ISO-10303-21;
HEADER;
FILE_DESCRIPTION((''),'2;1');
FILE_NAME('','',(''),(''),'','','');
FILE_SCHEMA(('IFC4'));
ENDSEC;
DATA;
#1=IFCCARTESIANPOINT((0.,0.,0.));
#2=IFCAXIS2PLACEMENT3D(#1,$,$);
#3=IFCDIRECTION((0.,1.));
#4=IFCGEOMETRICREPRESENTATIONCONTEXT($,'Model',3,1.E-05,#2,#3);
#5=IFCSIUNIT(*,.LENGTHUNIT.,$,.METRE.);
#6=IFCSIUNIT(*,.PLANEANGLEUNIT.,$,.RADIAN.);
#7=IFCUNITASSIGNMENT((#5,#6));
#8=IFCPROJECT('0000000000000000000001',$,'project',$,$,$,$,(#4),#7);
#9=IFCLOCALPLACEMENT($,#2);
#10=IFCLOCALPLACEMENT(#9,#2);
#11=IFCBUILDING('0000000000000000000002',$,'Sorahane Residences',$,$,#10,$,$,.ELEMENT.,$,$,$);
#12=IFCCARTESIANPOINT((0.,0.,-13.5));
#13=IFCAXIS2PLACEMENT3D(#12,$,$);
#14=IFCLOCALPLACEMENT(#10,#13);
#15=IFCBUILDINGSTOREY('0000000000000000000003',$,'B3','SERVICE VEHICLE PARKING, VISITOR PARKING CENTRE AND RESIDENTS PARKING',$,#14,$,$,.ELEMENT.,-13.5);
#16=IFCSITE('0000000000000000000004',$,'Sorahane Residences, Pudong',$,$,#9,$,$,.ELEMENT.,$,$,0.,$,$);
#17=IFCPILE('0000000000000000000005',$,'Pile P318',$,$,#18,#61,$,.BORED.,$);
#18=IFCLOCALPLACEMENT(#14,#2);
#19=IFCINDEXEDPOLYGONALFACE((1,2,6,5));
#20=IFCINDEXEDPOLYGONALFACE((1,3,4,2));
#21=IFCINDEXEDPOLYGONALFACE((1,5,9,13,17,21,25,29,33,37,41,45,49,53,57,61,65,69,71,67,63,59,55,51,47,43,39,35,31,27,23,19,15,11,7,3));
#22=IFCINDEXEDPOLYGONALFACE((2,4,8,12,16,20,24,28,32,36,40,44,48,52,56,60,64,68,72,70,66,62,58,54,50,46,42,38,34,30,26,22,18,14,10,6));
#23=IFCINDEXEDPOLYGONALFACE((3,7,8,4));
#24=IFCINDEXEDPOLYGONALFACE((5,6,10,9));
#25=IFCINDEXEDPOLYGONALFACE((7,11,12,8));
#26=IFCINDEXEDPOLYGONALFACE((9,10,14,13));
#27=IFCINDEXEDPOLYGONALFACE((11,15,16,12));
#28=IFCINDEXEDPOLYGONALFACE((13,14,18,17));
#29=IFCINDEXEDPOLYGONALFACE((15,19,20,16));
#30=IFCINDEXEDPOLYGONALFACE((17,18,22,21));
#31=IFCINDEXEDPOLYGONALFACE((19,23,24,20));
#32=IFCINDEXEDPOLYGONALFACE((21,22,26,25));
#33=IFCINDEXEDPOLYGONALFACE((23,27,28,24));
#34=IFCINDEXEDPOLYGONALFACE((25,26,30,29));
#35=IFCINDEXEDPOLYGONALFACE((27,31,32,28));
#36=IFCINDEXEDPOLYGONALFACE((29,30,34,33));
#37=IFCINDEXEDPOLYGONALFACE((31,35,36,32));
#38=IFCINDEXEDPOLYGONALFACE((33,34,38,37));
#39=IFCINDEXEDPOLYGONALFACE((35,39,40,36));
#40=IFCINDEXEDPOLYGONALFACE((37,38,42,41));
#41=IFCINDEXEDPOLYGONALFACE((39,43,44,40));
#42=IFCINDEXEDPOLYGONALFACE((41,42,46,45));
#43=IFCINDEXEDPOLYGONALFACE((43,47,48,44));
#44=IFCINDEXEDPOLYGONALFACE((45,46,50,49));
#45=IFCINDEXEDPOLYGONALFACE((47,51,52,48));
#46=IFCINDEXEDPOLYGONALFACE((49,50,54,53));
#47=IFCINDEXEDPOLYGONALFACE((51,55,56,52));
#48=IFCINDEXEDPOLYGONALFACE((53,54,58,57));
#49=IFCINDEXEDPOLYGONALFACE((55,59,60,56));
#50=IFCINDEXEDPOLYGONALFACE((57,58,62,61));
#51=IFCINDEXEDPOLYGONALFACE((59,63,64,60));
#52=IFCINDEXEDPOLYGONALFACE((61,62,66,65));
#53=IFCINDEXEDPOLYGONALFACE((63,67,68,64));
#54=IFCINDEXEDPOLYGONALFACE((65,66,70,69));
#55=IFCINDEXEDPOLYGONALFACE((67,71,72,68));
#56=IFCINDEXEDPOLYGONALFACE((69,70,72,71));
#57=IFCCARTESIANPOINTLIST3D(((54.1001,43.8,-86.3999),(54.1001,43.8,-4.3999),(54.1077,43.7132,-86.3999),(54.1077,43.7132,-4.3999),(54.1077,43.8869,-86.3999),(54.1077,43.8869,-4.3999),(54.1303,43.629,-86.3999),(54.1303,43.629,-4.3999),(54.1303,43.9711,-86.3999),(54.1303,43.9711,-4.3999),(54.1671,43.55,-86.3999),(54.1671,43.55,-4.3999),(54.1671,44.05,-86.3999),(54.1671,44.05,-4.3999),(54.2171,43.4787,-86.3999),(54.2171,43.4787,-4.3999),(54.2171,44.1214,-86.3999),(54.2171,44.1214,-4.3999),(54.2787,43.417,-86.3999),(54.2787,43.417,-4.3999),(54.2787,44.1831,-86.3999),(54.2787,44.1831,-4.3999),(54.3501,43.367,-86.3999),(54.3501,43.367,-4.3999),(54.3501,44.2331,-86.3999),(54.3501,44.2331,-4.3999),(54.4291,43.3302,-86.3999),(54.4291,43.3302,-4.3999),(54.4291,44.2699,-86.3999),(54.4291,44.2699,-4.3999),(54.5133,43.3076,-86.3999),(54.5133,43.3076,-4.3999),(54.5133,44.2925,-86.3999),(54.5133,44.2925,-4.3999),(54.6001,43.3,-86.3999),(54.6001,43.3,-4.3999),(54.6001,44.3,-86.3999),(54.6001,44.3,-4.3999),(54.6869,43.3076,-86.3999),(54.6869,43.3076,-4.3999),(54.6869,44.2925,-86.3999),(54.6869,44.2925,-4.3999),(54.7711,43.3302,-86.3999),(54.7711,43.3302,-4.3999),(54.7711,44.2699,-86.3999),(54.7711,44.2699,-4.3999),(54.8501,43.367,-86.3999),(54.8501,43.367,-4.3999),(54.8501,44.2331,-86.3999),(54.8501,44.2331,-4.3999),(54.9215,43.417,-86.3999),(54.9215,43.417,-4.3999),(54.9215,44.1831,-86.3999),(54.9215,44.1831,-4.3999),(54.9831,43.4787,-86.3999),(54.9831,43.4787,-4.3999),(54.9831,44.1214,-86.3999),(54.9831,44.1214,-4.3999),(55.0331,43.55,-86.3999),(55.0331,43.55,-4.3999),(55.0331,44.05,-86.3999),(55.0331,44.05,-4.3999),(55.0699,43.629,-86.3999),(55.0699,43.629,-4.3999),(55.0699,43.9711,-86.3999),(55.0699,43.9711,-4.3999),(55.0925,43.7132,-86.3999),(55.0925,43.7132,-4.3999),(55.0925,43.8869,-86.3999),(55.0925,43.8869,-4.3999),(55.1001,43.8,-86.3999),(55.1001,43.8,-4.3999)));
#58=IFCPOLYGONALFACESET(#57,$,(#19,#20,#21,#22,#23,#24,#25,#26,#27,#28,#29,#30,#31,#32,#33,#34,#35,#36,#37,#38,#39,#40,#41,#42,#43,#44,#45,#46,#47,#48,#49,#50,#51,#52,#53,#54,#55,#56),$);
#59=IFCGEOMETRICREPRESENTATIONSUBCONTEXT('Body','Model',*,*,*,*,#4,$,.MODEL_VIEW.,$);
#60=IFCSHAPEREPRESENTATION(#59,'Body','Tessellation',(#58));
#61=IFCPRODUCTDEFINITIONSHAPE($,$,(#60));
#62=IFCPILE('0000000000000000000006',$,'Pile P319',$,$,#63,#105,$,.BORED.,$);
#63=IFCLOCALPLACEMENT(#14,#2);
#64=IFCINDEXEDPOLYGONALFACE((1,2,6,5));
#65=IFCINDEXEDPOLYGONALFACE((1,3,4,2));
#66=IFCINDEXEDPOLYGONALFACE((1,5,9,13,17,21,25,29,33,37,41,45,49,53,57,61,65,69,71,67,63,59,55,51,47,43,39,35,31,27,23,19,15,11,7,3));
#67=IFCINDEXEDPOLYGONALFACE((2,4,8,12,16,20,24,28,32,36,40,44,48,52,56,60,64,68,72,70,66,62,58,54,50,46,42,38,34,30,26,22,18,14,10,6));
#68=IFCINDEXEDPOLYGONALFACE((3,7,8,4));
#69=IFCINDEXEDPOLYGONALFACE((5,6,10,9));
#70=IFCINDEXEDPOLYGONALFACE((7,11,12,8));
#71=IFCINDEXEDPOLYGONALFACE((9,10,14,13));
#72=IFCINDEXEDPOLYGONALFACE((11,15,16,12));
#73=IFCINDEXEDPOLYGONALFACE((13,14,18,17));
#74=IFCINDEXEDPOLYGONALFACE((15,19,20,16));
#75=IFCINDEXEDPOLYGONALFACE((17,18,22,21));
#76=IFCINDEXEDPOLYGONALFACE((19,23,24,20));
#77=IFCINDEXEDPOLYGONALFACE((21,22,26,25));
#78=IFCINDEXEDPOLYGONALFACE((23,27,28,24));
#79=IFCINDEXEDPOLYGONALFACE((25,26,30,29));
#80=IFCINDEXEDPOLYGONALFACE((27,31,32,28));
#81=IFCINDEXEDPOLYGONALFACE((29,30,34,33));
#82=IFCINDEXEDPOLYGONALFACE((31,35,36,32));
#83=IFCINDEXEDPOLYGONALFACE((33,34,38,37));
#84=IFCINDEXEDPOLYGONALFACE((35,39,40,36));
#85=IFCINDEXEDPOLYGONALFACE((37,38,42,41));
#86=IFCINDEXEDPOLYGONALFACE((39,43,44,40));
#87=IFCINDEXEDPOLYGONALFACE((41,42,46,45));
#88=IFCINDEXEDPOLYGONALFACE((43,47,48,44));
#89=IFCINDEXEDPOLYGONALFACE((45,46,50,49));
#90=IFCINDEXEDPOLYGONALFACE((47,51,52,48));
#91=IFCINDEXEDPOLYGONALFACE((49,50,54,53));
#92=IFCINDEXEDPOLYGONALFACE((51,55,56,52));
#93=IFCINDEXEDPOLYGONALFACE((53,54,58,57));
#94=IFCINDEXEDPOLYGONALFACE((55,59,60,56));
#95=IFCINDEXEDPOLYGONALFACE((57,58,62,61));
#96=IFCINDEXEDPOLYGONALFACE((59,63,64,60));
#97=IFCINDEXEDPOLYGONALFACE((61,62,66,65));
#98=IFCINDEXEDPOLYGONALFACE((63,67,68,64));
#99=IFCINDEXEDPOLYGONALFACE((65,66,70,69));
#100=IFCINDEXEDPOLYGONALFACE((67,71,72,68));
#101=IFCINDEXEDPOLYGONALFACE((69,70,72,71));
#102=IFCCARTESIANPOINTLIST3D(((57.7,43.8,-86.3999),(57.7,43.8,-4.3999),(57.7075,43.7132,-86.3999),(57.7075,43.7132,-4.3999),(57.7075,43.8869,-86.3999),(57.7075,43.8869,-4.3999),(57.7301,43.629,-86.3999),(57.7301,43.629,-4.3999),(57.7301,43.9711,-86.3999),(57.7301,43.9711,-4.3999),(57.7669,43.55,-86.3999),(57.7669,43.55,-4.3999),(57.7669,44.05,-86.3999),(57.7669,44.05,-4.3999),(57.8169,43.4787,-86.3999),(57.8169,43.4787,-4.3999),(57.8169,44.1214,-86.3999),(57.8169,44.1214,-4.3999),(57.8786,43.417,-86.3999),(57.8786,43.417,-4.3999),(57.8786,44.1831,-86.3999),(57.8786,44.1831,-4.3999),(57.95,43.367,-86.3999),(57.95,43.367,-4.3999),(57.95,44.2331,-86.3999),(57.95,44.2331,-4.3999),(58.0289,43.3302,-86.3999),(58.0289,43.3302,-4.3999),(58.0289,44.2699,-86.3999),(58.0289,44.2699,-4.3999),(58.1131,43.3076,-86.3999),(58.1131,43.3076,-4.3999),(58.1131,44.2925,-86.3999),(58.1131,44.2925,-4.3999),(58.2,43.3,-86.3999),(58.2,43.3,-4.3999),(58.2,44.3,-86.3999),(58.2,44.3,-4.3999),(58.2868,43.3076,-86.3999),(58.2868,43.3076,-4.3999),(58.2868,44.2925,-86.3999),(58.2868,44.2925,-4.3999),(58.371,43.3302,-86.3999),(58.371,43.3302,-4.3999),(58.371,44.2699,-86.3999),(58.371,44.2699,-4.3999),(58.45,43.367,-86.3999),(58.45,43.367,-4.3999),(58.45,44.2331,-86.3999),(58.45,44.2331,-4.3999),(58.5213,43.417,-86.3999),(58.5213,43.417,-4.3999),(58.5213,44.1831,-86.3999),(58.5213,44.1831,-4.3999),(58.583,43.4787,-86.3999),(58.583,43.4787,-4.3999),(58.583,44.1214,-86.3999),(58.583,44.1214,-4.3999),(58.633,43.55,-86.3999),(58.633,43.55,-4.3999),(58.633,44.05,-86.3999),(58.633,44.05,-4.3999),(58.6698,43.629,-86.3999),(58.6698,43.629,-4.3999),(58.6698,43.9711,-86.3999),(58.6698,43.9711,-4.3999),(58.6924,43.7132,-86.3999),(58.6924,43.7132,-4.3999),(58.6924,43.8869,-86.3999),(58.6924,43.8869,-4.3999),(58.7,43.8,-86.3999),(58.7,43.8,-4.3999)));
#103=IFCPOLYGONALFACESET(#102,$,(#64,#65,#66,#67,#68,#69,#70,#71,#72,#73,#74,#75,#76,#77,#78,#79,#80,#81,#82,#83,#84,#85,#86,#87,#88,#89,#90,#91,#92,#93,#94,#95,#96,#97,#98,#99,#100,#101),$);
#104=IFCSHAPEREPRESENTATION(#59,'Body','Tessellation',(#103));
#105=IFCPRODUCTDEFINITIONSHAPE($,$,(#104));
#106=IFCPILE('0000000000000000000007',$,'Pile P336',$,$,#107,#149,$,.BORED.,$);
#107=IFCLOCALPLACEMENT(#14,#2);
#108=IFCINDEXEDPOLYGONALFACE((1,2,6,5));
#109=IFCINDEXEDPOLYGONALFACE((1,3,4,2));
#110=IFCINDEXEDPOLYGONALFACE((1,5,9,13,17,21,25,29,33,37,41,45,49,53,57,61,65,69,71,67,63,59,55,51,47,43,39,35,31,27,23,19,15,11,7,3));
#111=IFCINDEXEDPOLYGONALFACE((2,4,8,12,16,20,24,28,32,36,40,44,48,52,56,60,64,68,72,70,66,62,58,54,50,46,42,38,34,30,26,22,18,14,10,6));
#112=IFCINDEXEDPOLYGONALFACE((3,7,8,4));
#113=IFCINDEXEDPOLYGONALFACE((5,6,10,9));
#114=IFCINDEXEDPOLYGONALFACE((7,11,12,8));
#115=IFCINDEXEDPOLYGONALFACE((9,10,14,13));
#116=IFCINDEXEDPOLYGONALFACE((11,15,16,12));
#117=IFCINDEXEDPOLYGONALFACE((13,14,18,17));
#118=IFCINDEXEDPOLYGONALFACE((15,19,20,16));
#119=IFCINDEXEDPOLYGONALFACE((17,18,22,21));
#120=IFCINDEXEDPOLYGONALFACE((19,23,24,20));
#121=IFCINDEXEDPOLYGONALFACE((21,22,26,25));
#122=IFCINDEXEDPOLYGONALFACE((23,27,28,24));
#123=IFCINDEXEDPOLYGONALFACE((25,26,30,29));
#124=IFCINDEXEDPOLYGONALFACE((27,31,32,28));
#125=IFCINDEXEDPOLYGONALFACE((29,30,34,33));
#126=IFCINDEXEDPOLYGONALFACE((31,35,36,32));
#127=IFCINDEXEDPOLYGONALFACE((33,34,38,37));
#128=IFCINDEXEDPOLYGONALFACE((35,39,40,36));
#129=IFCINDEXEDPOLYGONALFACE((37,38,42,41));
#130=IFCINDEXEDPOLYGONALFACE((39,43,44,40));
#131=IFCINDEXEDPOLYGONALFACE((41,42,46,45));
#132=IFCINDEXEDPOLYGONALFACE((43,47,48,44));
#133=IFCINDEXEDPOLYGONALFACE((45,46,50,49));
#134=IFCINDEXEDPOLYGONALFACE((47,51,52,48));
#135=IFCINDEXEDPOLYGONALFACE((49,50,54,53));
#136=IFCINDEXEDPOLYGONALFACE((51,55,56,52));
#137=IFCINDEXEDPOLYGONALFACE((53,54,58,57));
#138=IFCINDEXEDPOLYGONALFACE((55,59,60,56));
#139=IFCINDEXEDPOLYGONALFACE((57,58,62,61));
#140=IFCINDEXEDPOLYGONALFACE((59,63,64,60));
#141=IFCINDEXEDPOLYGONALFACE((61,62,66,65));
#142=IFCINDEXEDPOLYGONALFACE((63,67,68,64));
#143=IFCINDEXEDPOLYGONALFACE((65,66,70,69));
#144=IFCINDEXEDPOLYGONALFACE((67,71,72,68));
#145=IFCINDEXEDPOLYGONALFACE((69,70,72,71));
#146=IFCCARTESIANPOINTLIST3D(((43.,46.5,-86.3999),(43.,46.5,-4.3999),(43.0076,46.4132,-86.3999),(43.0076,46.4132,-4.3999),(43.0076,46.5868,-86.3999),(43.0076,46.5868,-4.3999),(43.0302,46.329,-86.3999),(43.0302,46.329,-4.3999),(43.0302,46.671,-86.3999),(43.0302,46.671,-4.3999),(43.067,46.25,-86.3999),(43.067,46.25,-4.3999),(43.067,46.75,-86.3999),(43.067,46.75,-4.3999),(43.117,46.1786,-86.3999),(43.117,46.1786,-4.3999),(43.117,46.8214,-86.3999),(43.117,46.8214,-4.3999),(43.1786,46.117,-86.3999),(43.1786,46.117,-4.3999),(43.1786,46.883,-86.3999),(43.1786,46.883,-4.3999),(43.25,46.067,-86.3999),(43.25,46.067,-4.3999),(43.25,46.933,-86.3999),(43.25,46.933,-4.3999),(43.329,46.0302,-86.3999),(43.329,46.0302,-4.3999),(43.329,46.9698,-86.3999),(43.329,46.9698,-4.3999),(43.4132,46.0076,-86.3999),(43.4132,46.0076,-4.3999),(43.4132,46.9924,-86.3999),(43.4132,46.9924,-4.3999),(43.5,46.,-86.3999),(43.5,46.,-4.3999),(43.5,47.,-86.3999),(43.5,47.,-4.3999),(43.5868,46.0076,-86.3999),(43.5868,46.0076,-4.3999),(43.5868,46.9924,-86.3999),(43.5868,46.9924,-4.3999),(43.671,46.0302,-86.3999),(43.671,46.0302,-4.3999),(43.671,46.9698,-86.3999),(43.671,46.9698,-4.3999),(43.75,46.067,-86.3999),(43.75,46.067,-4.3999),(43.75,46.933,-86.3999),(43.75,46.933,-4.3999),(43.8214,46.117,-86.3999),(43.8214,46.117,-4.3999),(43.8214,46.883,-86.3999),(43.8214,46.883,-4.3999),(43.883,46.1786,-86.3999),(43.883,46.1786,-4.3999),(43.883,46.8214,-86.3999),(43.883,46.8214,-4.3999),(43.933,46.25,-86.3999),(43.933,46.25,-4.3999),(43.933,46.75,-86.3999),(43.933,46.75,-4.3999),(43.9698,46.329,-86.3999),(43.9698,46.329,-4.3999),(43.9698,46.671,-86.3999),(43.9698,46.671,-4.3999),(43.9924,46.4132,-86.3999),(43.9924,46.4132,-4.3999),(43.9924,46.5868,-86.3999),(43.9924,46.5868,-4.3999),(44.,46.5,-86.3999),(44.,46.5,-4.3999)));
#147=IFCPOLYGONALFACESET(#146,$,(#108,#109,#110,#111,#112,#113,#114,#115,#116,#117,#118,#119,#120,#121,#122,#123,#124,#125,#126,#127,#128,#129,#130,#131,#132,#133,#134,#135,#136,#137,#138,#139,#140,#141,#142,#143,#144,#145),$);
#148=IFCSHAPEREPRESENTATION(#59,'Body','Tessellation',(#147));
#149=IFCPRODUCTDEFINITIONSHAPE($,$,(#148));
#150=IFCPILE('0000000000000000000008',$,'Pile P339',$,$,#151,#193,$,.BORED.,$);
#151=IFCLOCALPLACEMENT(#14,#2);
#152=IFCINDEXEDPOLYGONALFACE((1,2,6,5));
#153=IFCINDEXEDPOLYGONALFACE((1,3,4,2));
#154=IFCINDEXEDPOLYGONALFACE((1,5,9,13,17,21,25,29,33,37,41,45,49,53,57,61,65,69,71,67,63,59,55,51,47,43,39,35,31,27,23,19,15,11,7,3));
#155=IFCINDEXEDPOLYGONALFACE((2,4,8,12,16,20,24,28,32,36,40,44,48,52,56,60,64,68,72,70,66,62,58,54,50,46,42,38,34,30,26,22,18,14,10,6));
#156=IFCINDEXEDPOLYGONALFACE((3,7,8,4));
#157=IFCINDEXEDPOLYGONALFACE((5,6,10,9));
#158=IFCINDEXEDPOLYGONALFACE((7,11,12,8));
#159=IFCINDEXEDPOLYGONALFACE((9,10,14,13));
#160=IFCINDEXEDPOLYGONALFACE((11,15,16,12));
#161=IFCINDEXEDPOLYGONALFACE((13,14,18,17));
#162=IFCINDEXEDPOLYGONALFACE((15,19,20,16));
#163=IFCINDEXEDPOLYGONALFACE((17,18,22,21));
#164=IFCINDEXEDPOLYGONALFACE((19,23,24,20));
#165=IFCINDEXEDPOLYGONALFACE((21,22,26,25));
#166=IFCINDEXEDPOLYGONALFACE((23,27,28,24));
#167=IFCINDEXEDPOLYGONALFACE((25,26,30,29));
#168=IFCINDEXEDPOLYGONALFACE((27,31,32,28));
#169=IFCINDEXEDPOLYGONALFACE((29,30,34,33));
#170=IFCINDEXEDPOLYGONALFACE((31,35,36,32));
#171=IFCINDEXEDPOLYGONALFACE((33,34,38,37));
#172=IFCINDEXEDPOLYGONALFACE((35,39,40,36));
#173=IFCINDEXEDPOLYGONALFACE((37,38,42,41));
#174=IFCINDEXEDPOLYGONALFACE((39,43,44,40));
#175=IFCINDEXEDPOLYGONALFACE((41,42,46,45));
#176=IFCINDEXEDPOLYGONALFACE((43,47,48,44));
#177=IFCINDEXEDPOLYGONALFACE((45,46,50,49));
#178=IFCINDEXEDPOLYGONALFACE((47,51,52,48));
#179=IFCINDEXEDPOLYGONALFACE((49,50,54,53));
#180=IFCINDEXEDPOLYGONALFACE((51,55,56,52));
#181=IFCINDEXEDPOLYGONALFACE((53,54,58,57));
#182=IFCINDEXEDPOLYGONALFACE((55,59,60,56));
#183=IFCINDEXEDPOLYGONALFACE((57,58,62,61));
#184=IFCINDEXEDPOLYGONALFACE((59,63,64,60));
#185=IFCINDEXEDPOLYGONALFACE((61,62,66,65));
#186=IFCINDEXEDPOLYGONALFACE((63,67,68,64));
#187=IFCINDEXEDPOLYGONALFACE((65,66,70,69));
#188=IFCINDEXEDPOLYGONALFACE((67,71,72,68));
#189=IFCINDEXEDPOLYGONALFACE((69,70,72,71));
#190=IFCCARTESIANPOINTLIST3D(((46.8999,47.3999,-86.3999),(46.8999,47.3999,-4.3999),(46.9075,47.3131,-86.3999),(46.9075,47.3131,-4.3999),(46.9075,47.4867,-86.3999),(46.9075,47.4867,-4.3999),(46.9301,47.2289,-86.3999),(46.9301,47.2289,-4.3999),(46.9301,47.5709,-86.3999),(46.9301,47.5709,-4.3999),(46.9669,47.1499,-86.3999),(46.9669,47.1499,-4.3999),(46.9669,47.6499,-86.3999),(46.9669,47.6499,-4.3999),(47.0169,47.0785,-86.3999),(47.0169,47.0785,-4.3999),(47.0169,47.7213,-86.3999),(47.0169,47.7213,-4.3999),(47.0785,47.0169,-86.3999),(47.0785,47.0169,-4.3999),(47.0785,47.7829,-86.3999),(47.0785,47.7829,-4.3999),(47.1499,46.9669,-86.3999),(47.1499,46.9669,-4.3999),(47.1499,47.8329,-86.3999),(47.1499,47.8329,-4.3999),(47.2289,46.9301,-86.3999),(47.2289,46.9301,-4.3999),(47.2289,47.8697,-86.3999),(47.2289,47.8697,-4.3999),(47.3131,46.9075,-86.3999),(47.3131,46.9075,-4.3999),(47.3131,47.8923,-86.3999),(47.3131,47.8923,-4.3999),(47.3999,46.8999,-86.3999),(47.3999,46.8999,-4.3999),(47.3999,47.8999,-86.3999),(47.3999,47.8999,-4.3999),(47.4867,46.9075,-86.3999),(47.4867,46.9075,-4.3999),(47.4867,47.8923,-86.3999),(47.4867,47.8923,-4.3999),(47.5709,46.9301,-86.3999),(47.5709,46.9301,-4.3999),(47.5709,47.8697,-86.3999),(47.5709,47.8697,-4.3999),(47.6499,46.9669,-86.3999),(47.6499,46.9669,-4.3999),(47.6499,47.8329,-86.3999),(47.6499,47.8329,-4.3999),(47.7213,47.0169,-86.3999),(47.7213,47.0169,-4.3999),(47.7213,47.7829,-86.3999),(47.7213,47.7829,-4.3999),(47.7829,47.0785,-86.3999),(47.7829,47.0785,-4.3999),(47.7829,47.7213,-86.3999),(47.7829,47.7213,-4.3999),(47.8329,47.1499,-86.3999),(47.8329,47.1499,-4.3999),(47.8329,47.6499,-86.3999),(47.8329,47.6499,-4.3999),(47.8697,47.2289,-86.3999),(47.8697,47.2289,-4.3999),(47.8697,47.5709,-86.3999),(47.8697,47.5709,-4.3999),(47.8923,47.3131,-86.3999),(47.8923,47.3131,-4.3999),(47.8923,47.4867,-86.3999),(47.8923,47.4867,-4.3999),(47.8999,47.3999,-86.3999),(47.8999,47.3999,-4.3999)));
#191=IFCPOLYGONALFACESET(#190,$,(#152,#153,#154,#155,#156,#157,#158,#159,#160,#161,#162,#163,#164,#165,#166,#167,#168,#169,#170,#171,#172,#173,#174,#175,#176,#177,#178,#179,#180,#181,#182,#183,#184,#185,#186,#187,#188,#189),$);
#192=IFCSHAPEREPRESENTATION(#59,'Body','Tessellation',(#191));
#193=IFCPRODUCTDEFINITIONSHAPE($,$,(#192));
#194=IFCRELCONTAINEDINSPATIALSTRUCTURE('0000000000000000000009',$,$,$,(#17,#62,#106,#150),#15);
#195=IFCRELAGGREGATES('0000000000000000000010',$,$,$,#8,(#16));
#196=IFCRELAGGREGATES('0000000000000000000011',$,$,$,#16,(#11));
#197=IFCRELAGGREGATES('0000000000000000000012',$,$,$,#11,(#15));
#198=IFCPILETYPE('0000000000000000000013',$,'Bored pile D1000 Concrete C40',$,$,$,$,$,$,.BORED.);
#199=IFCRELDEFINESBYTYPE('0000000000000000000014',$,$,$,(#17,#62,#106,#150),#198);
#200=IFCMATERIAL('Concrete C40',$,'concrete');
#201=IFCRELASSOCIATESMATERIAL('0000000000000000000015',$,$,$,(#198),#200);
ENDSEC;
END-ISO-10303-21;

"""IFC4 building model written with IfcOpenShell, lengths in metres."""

from ifc_helpers import new_model, si_unit, direction, frame, origin, origin_2d, place, context, subcontext, project, spatial, circle, extrude, material, material_profile, profile_set, type_object, element, save


model = new_model("IFC4")

# Units and contexts
model_context = context("Model", 3, precision=1e-05, world=origin(), true_north=direction((0.0, 1.0)))
body_context = subcontext(model_context, "Body", "Model", "MODEL_VIEW")
ifc_project = project(units=[si_unit("LENGTHUNIT", "METRE"), si_unit("PLANEANGLEUNIT", "RADIAN")], contexts=[model_context])

# Site, building, storey
site_placement = place(None, origin())
site = spatial("IfcSite", under=ifc_project, at=site_placement, Name="Sorahane Residences, Pudong", CompositionType="ELEMENT", RefElevation=0.0)
building_placement = place(site_placement, origin())
building = spatial("IfcBuilding", under=site, at=building_placement, Name="Sorahane Residences", CompositionType="ELEMENT")
storey_placement = place(building_placement, frame((0.0, 0.0, -13.5)))
storey = spatial("IfcBuildingStorey", under=building, at=storey_placement, Name="B3", Description="SERVICE VEHICLE PARKING, VISITOR PARKING CENTRE AND RESIDENTS PARKING", CompositionType="ELEMENT", Elevation=-13.5)

# Piles
ifc_material_1 = material(Name="Concrete C40", Category="concrete")
ifc_material_profile_1 = material_profile(ifc_material_1, circle(Radius=0.5, at=origin_2d()), Name="D1000")
ifc_profile_set_1 = profile_set([ifc_material_profile_1], Name="Concrete C40")
pile_type = type_object("IfcPileType", Name="Bored pile D1000 Concrete C40", PredefinedType="BORED", material=ifc_profile_set_1)
for number, where, z_axis, x_axis, name in (
    (1, (54.6001, 43.8, -4.3999), (0.0, 0.0, -1.0), (1.0, 0.0, 0.0), "Pile P318"),
    (2, (58.2, 43.8, -4.3999), (0.0, 0.0, -1.0), (1.0, 0.0, 0.0), "Pile P319"),
    (3, (43.5, 46.5, -4.3999), (0.0, 0.0, -1.0), (1.0, 0.0, 0.0), "Pile P336"),
    (4, (47.3999, 47.3999, -4.3999), (0.0, 0.0, -1.0), (1.0, 0.0, 0.0), "Pile P339"),
):
    element("IfcPile", number, at=place(storey_placement, frame(where, z_axis=z_axis, x_axis=x_axis)), inside=storey, type_object=pile_type, Name=name, PredefinedType="BORED", context=body_context, shape_type="SweptSolid", body=[
        extrude(circle(Radius=0.5, at=origin_2d()), origin(), (0.0, 0.0, 1.0), 82.0),
    ])

save(model, "model.ifc")
